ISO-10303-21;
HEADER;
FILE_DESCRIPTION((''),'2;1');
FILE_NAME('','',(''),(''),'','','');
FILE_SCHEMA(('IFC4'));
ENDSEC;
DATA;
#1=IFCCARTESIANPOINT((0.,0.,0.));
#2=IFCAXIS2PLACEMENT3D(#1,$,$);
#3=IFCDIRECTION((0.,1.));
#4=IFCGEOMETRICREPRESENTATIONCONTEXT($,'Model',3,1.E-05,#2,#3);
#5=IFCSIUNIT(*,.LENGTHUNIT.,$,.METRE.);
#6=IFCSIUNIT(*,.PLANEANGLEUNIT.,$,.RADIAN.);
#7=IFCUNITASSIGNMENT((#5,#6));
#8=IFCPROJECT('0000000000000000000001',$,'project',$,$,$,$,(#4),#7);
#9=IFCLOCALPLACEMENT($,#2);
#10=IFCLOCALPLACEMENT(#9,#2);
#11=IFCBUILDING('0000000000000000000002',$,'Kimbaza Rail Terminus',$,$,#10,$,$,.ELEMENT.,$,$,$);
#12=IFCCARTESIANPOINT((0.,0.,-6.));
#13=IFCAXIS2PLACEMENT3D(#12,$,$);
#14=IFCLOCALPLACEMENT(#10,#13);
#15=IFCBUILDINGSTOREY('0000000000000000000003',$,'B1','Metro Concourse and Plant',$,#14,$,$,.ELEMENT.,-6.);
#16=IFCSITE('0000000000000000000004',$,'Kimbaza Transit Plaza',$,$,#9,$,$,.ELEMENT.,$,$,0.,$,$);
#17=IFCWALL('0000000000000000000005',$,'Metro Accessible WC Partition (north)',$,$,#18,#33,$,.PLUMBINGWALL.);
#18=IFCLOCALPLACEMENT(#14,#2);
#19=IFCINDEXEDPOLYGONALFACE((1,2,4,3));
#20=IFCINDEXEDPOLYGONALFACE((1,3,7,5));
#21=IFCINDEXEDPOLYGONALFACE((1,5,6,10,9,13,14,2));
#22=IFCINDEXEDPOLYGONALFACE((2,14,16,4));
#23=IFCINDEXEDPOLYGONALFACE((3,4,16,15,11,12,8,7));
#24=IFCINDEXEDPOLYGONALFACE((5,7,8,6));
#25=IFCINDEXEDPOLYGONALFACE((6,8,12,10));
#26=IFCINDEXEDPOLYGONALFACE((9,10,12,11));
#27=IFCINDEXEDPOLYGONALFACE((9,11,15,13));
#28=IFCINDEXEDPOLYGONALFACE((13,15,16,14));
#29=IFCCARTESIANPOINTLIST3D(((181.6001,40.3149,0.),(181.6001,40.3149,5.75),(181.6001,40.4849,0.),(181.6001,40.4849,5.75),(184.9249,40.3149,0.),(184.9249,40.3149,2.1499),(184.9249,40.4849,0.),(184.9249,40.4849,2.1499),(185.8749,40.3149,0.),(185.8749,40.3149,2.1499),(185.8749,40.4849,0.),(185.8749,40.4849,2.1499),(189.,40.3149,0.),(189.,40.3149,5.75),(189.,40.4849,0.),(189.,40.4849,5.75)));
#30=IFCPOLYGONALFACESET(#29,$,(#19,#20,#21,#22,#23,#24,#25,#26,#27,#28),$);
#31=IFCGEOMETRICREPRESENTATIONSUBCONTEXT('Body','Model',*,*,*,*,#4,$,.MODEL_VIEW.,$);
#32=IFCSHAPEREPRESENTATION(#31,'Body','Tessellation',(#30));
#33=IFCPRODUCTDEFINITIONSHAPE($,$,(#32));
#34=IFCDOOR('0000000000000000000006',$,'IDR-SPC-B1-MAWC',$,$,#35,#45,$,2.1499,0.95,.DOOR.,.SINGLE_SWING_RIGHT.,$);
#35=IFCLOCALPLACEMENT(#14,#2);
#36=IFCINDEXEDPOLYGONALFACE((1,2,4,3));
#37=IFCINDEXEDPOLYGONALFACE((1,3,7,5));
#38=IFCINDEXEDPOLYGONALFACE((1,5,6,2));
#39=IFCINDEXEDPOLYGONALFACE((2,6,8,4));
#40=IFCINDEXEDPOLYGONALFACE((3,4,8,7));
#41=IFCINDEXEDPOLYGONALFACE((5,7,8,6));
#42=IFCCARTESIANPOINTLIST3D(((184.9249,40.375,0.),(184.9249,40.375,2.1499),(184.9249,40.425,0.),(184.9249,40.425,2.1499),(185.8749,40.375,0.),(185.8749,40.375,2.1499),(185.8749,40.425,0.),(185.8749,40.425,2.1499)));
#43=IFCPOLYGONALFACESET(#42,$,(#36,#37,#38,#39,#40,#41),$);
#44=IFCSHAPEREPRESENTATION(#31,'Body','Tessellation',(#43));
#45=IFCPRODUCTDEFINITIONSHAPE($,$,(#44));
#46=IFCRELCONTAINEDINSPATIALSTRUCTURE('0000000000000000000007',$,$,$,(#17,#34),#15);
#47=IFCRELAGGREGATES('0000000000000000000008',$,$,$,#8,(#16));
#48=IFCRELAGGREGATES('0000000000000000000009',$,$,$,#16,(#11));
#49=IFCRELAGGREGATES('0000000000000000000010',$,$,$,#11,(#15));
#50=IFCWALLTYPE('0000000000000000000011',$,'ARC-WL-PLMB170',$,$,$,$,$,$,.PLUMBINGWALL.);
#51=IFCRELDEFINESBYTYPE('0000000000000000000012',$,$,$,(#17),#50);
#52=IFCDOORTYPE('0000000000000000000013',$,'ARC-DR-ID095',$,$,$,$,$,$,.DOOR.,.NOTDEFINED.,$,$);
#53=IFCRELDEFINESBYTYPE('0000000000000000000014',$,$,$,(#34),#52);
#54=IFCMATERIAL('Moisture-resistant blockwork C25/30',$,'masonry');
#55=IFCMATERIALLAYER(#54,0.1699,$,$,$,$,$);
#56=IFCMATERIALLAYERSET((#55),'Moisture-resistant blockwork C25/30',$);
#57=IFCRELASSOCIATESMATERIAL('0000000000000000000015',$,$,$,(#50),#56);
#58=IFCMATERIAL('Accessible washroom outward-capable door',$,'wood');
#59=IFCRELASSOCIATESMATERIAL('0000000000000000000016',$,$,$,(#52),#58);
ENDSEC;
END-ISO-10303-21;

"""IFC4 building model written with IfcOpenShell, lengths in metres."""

from ifc_helpers import new_model, si_unit, direction, frame, frame_2d, origin, place, context, subcontext, project, spatial, rectangle, extrude, material, layer, layer_set, type_object, element, fill, save


model = new_model("IFC4")

# Units and contexts
model_context = context("Model", 3, precision=1e-05, world=origin(), true_north=direction((0.0, 1.0)))
body_context = subcontext(model_context, "Body", "Model", "MODEL_VIEW")
ifc_project = project(units=[si_unit("LENGTHUNIT", "METRE"), si_unit("PLANEANGLEUNIT", "RADIAN")], contexts=[model_context])

# Site, building, storey
site_placement = place(None, origin())
site = spatial("IfcSite", under=ifc_project, at=site_placement, Name="Kimbaza Transit Plaza", CompositionType="ELEMENT", RefElevation=0.0)
building_placement = place(site_placement, origin())
building = spatial("IfcBuilding", under=site, at=building_placement, Name="Kimbaza Rail Terminus", CompositionType="ELEMENT")
storey_placement = place(building_placement, frame((0.0, 0.0, -6.0)))
storey = spatial("IfcBuildingStorey", under=building, at=storey_placement, Name="B1", Description="Metro Concourse and Plant", CompositionType="ELEMENT", Elevation=-6.0)

# Wall, opening, door
ifc_material_1 = material(Name="Moisture-resistant blockwork C25/30", Category="masonry")
ifc_layer = layer(ifc_material_1, 0.1699)
ifc_layer_set = layer_set([ifc_layer], Name="Moisture-resistant blockwork C25/30")
wall_type = type_object("IfcWallType", Name="ARC-WL-PLMB170", PredefinedType="PLUMBINGWALL", material=ifc_layer_set)
wall_placement = place(storey_placement, frame((189.0, 40.3999, 0.0), z_axis=(0.0, 0.0, 1.0), x_axis=(-1.0, 0.0, 0.0)))
wall = element("IfcWall", 1, at=wall_placement, inside=storey, type_object=wall_type, Name="Metro Accessible WC Partition (north)", PredefinedType="PLUMBINGWALL", context=body_context, shape_type="SweptSolid", body=[
    extrude(rectangle(XDim=7.3999, YDim=0.1699, at=frame_2d((3.7, 0.0))), origin(), (0.0, 0.0, 1.0), 5.75),
])
opening_placement = place(wall_placement, frame((3.125, 0.0, 0.0)))
opening = element("IfcOpeningElement", 2, at=opening_placement, cuts=wall, PredefinedType="OPENING", context=body_context, shape_type="SweptSolid", body=[
    extrude(rectangle(XDim=0.95, YDim=2.1499, at=frame_2d((0.4751, 1.075))), frame((0.0, 0.095, 0.0), z_axis=(0.0, -1.0, 0.0), x_axis=(1.0, 0.0, 0.0)), (0.0, 0.0, 1.0), 0.1899),
])
ifc_material_2 = material(Name="Accessible washroom outward-capable door", Category="wood")
door_type = type_object("IfcDoorType", Name="ARC-DR-ID095", OperationType="NOTDEFINED", PredefinedType="DOOR", material=ifc_material_2)
door_placement = place(opening_placement, origin())
door = element("IfcDoor", 3, at=door_placement, inside=storey, type_object=door_type, Name="IDR-SPC-B1-MAWC", OperationType="SINGLE_SWING_RIGHT", OverallHeight=2.1499, OverallWidth=0.95, PredefinedType="DOOR", context=body_context, shape_type="SweptSolid", body=[
    extrude(rectangle(XDim=0.95, YDim=2.1499, at=frame_2d((0.4751, 1.075))), frame((0.0, 0.0249, 0.0), z_axis=(0.0, -1.0, 0.0), x_axis=(1.0, 0.0, 0.0)), (0.0, 0.0, 1.0), 0.05),
])
fill(opening, door)

save(model, "model.ifc")
